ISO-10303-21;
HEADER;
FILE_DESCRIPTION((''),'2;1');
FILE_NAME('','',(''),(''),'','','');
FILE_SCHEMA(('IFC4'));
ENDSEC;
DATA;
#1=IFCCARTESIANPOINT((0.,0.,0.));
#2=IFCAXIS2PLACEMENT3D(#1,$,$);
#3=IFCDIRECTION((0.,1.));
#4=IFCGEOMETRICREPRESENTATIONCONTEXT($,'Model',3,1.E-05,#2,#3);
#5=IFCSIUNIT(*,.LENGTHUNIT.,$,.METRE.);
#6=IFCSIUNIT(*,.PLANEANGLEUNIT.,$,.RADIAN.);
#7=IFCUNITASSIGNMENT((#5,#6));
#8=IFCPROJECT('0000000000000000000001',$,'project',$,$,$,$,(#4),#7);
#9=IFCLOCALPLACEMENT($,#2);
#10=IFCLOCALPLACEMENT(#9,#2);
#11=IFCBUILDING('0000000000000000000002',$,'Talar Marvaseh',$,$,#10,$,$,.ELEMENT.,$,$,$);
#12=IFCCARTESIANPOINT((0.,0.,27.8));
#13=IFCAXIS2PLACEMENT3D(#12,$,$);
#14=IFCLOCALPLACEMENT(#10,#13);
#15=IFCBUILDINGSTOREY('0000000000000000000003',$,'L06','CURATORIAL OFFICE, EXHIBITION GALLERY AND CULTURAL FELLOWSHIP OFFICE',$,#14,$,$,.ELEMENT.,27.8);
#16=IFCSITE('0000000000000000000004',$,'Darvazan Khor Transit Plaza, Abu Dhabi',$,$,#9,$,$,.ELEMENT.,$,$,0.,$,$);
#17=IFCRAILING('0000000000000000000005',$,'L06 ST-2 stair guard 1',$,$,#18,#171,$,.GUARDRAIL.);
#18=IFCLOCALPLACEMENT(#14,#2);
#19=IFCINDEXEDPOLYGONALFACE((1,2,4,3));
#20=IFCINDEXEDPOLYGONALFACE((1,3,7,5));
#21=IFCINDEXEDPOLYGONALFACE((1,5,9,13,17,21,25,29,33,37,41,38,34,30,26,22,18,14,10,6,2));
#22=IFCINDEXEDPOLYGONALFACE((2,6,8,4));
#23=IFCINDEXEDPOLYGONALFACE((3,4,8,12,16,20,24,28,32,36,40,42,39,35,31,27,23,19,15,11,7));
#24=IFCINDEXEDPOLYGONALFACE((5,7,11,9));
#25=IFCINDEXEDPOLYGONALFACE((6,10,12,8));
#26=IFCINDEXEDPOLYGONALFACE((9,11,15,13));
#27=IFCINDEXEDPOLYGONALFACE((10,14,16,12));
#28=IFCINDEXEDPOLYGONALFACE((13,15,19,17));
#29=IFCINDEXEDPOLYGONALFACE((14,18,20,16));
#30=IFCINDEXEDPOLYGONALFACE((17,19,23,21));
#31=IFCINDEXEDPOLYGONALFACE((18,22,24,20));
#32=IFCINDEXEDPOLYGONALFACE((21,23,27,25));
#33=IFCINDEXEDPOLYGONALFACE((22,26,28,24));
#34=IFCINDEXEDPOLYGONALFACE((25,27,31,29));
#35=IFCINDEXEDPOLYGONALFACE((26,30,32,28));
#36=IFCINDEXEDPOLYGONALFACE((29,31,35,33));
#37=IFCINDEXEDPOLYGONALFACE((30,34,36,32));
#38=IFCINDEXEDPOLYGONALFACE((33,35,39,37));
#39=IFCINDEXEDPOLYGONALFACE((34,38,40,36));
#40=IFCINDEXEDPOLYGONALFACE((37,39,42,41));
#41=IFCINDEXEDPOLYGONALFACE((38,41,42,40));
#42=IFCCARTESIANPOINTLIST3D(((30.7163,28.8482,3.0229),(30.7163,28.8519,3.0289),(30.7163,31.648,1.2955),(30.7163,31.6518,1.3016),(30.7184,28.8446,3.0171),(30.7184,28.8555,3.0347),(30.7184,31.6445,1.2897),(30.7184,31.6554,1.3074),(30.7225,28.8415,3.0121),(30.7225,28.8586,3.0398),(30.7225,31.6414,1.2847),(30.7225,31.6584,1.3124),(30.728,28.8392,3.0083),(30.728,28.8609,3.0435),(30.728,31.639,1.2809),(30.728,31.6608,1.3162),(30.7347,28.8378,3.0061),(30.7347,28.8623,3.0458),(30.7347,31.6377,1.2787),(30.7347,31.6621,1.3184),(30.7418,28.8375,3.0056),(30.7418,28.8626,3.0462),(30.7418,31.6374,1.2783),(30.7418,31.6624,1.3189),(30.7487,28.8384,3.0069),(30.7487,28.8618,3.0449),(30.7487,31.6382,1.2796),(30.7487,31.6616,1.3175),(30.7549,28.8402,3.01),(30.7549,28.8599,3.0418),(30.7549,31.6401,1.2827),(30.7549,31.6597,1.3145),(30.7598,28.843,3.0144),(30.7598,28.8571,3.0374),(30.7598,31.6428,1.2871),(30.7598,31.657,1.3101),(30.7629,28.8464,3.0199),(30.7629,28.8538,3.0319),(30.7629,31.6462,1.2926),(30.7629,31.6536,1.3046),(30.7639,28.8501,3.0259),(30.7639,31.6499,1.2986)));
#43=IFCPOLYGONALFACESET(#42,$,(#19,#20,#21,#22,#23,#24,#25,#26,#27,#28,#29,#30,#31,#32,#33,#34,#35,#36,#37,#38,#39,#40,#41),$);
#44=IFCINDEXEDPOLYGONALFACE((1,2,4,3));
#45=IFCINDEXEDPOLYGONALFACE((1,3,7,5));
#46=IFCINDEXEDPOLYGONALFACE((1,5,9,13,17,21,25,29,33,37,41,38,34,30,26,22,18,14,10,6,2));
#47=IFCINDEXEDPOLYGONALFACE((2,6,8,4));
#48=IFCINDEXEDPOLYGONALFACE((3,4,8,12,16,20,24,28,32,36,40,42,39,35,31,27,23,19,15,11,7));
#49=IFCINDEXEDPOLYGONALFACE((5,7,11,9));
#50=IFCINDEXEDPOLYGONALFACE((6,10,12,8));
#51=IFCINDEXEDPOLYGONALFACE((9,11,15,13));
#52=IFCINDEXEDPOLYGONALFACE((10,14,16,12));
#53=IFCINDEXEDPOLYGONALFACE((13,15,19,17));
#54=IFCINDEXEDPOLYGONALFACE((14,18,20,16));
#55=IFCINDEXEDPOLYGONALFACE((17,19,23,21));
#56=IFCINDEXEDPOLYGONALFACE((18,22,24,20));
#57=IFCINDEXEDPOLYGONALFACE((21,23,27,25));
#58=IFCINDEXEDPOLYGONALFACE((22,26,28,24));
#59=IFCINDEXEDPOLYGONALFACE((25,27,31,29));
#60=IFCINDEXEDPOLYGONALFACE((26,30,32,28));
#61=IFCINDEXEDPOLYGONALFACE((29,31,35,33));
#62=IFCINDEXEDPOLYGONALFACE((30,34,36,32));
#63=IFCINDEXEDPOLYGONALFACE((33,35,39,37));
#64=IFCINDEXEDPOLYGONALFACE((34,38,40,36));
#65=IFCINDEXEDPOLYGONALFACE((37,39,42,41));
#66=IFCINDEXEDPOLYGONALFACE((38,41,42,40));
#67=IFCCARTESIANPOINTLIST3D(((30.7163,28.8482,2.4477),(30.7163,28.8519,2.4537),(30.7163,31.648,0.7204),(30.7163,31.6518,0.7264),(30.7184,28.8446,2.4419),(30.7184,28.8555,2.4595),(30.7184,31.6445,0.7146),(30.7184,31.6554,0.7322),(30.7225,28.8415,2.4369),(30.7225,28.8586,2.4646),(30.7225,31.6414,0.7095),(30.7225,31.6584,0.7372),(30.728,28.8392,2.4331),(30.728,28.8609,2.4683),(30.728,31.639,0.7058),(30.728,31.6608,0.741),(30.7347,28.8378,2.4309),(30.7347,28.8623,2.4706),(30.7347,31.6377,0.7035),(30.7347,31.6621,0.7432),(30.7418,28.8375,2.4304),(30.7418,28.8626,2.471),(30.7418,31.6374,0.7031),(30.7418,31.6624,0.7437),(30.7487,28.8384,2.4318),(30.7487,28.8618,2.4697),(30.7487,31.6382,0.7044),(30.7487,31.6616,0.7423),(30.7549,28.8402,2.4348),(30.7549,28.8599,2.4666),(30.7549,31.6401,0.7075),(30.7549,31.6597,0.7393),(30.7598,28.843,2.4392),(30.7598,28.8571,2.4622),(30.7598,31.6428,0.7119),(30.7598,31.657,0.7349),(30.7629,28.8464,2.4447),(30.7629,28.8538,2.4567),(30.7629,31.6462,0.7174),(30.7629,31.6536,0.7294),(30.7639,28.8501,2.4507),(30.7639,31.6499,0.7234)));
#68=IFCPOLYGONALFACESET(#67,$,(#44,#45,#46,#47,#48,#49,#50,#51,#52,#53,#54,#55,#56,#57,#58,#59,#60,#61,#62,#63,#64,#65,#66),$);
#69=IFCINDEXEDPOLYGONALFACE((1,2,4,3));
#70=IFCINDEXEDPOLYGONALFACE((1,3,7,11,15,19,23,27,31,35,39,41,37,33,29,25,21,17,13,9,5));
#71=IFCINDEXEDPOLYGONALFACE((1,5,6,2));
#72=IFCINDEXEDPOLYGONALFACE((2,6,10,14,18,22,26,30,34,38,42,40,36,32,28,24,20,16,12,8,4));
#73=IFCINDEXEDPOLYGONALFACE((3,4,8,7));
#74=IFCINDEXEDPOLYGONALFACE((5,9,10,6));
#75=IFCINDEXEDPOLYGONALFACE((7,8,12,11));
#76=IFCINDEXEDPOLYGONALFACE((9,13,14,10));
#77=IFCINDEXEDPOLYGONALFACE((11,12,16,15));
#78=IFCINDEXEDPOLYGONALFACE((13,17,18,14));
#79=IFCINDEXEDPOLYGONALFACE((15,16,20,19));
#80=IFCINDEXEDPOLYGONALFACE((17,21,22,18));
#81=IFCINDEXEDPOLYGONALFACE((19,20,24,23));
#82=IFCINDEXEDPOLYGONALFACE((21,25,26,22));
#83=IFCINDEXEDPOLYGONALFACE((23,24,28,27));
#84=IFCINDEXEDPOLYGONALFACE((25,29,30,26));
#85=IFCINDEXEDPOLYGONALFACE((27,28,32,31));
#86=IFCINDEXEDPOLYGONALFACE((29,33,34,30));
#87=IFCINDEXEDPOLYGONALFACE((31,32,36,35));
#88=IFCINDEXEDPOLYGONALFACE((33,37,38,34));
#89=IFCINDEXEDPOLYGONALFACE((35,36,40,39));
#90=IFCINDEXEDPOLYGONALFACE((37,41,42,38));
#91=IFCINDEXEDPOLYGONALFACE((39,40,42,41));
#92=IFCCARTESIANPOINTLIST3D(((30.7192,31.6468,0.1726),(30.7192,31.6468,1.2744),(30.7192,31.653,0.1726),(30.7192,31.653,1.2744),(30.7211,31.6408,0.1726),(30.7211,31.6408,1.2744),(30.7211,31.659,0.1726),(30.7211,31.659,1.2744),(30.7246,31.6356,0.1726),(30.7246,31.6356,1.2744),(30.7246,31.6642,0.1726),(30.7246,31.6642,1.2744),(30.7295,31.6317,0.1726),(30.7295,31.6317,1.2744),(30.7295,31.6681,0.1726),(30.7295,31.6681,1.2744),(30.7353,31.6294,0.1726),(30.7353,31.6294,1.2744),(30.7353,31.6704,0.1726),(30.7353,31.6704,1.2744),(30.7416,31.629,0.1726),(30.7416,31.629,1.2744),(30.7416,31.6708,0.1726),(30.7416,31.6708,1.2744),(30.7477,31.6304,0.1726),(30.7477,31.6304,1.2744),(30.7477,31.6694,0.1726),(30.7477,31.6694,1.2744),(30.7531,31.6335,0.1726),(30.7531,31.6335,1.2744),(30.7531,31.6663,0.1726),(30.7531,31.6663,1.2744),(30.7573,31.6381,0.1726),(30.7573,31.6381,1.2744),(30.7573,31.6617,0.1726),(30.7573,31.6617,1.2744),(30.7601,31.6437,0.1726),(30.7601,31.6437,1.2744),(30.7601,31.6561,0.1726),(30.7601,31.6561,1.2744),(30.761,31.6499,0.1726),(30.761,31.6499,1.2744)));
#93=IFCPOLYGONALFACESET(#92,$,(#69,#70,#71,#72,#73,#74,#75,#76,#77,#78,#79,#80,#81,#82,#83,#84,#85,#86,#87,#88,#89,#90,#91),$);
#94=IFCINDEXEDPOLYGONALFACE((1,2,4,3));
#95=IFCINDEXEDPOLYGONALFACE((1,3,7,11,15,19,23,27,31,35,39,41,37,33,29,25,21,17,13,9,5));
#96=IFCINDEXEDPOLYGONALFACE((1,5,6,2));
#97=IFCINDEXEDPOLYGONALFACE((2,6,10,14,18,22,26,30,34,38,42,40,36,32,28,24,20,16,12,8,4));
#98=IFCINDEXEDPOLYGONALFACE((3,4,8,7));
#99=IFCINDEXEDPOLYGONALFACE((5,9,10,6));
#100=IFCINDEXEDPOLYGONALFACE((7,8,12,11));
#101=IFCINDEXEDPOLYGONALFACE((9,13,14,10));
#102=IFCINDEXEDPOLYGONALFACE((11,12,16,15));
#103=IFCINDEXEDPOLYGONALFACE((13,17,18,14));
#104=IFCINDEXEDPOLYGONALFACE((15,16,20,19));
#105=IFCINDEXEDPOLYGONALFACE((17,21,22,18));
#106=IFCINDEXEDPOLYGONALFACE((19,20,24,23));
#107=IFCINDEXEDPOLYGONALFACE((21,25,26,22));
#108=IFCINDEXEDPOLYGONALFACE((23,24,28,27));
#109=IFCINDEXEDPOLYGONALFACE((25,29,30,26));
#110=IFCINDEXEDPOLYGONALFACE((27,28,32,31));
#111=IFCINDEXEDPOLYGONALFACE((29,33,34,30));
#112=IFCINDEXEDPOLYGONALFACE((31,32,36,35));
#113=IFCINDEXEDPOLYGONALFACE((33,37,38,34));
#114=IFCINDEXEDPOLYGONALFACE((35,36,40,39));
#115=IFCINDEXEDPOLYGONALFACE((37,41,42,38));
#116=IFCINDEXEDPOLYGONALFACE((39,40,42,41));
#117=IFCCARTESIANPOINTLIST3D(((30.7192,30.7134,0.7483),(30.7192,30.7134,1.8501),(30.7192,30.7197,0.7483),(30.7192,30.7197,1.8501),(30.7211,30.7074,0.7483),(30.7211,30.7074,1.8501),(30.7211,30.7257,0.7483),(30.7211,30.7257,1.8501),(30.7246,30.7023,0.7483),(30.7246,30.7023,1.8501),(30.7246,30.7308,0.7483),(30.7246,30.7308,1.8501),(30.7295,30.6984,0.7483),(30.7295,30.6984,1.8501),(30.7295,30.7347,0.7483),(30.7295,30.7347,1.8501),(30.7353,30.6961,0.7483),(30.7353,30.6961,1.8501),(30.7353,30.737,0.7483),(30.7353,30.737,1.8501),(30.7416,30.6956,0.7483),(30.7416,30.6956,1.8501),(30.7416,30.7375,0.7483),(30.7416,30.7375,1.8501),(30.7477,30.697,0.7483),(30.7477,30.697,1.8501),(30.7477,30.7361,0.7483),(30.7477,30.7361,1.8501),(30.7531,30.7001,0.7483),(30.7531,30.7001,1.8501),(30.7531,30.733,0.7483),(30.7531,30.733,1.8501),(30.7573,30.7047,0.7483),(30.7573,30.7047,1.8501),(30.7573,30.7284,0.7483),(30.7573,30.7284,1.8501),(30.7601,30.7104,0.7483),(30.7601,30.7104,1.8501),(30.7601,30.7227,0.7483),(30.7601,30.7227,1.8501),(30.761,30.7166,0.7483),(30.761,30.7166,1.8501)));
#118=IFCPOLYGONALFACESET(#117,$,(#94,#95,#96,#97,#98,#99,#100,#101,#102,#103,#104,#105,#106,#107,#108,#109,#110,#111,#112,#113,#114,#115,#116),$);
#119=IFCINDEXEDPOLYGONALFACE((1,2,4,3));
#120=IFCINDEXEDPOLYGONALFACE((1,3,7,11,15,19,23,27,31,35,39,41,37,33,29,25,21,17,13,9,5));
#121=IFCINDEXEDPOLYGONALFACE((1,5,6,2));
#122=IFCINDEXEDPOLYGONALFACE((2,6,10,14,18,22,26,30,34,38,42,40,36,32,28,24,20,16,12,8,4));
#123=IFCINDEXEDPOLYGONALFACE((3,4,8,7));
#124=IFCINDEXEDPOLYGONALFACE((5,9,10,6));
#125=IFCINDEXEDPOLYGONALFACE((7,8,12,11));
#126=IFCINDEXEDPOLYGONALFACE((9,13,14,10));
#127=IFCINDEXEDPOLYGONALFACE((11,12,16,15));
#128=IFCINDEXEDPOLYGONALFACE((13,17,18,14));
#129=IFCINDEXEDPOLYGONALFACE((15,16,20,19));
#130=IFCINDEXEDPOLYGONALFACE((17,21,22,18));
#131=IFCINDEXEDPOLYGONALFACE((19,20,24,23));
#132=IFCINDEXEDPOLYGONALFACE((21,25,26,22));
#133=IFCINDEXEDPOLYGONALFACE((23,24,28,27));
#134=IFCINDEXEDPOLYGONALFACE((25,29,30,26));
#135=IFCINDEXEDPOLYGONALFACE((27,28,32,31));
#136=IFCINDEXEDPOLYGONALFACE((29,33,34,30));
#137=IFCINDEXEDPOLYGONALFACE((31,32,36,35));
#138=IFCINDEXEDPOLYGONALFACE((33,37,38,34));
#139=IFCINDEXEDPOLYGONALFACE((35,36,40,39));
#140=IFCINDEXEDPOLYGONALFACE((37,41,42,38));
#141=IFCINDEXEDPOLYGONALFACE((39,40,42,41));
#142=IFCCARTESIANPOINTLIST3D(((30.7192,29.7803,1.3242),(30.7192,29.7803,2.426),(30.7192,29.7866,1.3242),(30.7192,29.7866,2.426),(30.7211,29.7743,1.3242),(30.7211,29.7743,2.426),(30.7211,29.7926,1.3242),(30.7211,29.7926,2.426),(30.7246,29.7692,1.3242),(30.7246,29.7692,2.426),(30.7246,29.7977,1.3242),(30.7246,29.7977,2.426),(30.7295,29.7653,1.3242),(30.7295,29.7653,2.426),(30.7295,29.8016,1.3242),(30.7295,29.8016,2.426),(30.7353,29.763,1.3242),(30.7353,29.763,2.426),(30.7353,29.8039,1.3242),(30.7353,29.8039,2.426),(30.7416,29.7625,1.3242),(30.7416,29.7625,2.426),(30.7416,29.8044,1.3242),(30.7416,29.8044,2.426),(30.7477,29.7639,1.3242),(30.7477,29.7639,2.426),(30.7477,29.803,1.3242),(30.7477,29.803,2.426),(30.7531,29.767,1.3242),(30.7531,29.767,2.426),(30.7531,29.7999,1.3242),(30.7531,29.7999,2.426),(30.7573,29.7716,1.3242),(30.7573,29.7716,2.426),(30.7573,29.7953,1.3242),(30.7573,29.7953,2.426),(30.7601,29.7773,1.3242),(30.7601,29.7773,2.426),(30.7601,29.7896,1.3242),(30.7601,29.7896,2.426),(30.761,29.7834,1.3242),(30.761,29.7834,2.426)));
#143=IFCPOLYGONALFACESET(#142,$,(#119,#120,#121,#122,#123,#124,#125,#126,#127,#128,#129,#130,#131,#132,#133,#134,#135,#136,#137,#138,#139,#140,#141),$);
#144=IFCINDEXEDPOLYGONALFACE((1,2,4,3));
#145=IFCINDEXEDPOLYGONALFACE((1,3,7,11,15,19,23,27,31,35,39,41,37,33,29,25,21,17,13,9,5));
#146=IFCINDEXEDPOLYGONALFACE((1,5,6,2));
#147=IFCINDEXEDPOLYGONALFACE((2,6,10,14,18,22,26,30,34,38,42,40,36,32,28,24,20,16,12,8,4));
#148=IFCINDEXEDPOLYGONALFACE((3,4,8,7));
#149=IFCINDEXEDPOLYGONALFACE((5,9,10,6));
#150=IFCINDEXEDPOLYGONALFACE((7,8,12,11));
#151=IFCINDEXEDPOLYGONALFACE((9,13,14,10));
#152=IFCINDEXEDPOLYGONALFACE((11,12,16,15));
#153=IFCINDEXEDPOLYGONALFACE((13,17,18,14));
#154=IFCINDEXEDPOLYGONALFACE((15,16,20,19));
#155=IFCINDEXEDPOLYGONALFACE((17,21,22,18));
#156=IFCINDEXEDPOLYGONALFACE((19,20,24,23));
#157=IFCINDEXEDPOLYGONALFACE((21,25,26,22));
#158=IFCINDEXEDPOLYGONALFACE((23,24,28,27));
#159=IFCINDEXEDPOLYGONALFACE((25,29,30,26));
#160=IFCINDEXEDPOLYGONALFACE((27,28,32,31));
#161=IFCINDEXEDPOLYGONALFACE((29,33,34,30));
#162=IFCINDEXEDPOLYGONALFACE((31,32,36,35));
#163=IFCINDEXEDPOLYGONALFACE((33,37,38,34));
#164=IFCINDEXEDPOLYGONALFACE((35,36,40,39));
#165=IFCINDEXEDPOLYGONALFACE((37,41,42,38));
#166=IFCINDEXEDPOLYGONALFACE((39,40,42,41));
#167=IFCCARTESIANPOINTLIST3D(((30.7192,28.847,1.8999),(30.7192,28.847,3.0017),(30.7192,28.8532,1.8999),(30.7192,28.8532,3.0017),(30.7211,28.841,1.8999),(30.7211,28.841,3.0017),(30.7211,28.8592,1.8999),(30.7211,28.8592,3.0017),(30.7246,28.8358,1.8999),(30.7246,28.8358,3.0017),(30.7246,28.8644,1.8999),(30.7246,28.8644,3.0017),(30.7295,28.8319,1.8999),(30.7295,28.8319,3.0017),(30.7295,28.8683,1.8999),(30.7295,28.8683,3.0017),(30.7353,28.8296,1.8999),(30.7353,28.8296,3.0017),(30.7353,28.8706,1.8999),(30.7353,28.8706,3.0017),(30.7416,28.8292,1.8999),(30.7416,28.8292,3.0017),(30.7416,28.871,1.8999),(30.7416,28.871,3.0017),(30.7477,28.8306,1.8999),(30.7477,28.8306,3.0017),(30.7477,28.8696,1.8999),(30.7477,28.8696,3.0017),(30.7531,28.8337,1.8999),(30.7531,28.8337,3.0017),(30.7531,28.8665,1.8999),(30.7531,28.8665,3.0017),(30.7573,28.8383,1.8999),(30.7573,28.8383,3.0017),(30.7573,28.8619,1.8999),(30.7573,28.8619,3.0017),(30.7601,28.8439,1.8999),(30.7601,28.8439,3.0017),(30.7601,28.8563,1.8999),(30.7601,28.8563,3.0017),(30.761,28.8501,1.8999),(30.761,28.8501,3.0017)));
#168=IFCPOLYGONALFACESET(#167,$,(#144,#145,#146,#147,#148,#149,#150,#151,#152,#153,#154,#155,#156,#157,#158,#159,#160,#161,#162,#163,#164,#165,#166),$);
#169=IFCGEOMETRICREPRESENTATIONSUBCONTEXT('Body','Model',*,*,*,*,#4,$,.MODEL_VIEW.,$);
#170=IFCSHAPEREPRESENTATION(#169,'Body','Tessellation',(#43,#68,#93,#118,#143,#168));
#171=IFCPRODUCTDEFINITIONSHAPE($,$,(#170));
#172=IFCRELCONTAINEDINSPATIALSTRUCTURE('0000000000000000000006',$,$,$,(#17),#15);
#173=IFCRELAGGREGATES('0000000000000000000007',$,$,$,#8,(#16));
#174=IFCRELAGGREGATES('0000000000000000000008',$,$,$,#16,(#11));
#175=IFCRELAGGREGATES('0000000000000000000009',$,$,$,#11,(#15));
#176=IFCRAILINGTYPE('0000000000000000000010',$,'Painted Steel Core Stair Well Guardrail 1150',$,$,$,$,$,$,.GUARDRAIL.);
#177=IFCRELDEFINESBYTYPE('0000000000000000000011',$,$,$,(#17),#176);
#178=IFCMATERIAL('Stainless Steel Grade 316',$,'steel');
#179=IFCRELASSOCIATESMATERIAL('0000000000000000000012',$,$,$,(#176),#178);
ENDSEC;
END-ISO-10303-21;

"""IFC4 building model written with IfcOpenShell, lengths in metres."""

from ifc_helpers import new_model, si_unit, direction, frame, origin, origin_2d, place, context, subcontext, project, spatial, circle, extrude, material, type_object, element, save


model = new_model("IFC4")

# Units and contexts
model_context = context("Model", 3, precision=1e-05, world=origin(), true_north=direction((0.0, 1.0)))
body_context = subcontext(model_context, "Body", "Model", "MODEL_VIEW")
ifc_project = project(units=[si_unit("LENGTHUNIT", "METRE"), si_unit("PLANEANGLEUNIT", "RADIAN")], contexts=[model_context])

# Site, building, storey
site_placement = place(None, origin())
site = spatial("IfcSite", under=ifc_project, at=site_placement, Name="Darvazan Khor Transit Plaza, Abu Dhabi", CompositionType="ELEMENT", RefElevation=0.0)
building_placement = place(site_placement, origin())
building = spatial("IfcBuilding", under=site, at=building_placement, Name="Talar Marvaseh", CompositionType="ELEMENT")
storey_placement = place(building_placement, frame((0.0, 0.0, 27.8)))
storey = spatial("IfcBuildingStorey", under=building, at=storey_placement, Name="L06", Description="CURATORIAL OFFICE, EXHIBITION GALLERY AND CULTURAL FELLOWSHIP OFFICE", CompositionType="ELEMENT", Elevation=27.8)

# Railing
ifc_material_1 = material(Name="Stainless Steel Grade 316", Category="steel")
railing_type_1 = type_object("IfcRailingType", Name="Painted Steel Core Stair Well Guardrail 1150", PredefinedType="GUARDRAIL", material=ifc_material_1)
railing_1_placement = place(storey_placement, frame((30.74, 31.6499, 0.1726)))
element("IfcRailing", 1, at=railing_1_placement, inside=storey, type_object=railing_type_1, Name="L06 ST-2 stair guard 1", PredefinedType="GUARDRAIL", context=body_context, shape_type="SweptSolid", body=[
    extrude(circle(Radius=0.0239, at=origin_2d()), frame((0.0, 0.0, 1.126), z_axis=(0.0, -0.851069, 0.525054), x_axis=(1.0, 0.0, 0.0)), (0.0, 0.0, 1.0), 3.2898),
    extrude(circle(Radius=0.0239, at=origin_2d()), frame((0.0, 0.0, 0.5508), z_axis=(0.0, -0.851069, 0.525054), x_axis=(1.0, 0.0, 0.0)), (0.0, 0.0, 1.0), 3.2898),
    extrude(circle(Radius=0.021, at=origin_2d()), origin(), (0.0, 0.0, 1.0), 1.1018),
    extrude(circle(Radius=0.021, at=origin_2d()), frame((0.0, -0.9333, 0.5757)), (0.0, 0.0, 1.0), 1.1018),
    extrude(circle(Radius=0.021, at=origin_2d()), frame((0.0, -1.8665, 1.1516)), (0.0, 0.0, 1.0), 1.1018),
    extrude(circle(Radius=0.021, at=origin_2d()), frame((0.0, -2.7998, 1.7273)), (0.0, 0.0, 1.0), 1.1018),
])

save(model, "model.ifc")
